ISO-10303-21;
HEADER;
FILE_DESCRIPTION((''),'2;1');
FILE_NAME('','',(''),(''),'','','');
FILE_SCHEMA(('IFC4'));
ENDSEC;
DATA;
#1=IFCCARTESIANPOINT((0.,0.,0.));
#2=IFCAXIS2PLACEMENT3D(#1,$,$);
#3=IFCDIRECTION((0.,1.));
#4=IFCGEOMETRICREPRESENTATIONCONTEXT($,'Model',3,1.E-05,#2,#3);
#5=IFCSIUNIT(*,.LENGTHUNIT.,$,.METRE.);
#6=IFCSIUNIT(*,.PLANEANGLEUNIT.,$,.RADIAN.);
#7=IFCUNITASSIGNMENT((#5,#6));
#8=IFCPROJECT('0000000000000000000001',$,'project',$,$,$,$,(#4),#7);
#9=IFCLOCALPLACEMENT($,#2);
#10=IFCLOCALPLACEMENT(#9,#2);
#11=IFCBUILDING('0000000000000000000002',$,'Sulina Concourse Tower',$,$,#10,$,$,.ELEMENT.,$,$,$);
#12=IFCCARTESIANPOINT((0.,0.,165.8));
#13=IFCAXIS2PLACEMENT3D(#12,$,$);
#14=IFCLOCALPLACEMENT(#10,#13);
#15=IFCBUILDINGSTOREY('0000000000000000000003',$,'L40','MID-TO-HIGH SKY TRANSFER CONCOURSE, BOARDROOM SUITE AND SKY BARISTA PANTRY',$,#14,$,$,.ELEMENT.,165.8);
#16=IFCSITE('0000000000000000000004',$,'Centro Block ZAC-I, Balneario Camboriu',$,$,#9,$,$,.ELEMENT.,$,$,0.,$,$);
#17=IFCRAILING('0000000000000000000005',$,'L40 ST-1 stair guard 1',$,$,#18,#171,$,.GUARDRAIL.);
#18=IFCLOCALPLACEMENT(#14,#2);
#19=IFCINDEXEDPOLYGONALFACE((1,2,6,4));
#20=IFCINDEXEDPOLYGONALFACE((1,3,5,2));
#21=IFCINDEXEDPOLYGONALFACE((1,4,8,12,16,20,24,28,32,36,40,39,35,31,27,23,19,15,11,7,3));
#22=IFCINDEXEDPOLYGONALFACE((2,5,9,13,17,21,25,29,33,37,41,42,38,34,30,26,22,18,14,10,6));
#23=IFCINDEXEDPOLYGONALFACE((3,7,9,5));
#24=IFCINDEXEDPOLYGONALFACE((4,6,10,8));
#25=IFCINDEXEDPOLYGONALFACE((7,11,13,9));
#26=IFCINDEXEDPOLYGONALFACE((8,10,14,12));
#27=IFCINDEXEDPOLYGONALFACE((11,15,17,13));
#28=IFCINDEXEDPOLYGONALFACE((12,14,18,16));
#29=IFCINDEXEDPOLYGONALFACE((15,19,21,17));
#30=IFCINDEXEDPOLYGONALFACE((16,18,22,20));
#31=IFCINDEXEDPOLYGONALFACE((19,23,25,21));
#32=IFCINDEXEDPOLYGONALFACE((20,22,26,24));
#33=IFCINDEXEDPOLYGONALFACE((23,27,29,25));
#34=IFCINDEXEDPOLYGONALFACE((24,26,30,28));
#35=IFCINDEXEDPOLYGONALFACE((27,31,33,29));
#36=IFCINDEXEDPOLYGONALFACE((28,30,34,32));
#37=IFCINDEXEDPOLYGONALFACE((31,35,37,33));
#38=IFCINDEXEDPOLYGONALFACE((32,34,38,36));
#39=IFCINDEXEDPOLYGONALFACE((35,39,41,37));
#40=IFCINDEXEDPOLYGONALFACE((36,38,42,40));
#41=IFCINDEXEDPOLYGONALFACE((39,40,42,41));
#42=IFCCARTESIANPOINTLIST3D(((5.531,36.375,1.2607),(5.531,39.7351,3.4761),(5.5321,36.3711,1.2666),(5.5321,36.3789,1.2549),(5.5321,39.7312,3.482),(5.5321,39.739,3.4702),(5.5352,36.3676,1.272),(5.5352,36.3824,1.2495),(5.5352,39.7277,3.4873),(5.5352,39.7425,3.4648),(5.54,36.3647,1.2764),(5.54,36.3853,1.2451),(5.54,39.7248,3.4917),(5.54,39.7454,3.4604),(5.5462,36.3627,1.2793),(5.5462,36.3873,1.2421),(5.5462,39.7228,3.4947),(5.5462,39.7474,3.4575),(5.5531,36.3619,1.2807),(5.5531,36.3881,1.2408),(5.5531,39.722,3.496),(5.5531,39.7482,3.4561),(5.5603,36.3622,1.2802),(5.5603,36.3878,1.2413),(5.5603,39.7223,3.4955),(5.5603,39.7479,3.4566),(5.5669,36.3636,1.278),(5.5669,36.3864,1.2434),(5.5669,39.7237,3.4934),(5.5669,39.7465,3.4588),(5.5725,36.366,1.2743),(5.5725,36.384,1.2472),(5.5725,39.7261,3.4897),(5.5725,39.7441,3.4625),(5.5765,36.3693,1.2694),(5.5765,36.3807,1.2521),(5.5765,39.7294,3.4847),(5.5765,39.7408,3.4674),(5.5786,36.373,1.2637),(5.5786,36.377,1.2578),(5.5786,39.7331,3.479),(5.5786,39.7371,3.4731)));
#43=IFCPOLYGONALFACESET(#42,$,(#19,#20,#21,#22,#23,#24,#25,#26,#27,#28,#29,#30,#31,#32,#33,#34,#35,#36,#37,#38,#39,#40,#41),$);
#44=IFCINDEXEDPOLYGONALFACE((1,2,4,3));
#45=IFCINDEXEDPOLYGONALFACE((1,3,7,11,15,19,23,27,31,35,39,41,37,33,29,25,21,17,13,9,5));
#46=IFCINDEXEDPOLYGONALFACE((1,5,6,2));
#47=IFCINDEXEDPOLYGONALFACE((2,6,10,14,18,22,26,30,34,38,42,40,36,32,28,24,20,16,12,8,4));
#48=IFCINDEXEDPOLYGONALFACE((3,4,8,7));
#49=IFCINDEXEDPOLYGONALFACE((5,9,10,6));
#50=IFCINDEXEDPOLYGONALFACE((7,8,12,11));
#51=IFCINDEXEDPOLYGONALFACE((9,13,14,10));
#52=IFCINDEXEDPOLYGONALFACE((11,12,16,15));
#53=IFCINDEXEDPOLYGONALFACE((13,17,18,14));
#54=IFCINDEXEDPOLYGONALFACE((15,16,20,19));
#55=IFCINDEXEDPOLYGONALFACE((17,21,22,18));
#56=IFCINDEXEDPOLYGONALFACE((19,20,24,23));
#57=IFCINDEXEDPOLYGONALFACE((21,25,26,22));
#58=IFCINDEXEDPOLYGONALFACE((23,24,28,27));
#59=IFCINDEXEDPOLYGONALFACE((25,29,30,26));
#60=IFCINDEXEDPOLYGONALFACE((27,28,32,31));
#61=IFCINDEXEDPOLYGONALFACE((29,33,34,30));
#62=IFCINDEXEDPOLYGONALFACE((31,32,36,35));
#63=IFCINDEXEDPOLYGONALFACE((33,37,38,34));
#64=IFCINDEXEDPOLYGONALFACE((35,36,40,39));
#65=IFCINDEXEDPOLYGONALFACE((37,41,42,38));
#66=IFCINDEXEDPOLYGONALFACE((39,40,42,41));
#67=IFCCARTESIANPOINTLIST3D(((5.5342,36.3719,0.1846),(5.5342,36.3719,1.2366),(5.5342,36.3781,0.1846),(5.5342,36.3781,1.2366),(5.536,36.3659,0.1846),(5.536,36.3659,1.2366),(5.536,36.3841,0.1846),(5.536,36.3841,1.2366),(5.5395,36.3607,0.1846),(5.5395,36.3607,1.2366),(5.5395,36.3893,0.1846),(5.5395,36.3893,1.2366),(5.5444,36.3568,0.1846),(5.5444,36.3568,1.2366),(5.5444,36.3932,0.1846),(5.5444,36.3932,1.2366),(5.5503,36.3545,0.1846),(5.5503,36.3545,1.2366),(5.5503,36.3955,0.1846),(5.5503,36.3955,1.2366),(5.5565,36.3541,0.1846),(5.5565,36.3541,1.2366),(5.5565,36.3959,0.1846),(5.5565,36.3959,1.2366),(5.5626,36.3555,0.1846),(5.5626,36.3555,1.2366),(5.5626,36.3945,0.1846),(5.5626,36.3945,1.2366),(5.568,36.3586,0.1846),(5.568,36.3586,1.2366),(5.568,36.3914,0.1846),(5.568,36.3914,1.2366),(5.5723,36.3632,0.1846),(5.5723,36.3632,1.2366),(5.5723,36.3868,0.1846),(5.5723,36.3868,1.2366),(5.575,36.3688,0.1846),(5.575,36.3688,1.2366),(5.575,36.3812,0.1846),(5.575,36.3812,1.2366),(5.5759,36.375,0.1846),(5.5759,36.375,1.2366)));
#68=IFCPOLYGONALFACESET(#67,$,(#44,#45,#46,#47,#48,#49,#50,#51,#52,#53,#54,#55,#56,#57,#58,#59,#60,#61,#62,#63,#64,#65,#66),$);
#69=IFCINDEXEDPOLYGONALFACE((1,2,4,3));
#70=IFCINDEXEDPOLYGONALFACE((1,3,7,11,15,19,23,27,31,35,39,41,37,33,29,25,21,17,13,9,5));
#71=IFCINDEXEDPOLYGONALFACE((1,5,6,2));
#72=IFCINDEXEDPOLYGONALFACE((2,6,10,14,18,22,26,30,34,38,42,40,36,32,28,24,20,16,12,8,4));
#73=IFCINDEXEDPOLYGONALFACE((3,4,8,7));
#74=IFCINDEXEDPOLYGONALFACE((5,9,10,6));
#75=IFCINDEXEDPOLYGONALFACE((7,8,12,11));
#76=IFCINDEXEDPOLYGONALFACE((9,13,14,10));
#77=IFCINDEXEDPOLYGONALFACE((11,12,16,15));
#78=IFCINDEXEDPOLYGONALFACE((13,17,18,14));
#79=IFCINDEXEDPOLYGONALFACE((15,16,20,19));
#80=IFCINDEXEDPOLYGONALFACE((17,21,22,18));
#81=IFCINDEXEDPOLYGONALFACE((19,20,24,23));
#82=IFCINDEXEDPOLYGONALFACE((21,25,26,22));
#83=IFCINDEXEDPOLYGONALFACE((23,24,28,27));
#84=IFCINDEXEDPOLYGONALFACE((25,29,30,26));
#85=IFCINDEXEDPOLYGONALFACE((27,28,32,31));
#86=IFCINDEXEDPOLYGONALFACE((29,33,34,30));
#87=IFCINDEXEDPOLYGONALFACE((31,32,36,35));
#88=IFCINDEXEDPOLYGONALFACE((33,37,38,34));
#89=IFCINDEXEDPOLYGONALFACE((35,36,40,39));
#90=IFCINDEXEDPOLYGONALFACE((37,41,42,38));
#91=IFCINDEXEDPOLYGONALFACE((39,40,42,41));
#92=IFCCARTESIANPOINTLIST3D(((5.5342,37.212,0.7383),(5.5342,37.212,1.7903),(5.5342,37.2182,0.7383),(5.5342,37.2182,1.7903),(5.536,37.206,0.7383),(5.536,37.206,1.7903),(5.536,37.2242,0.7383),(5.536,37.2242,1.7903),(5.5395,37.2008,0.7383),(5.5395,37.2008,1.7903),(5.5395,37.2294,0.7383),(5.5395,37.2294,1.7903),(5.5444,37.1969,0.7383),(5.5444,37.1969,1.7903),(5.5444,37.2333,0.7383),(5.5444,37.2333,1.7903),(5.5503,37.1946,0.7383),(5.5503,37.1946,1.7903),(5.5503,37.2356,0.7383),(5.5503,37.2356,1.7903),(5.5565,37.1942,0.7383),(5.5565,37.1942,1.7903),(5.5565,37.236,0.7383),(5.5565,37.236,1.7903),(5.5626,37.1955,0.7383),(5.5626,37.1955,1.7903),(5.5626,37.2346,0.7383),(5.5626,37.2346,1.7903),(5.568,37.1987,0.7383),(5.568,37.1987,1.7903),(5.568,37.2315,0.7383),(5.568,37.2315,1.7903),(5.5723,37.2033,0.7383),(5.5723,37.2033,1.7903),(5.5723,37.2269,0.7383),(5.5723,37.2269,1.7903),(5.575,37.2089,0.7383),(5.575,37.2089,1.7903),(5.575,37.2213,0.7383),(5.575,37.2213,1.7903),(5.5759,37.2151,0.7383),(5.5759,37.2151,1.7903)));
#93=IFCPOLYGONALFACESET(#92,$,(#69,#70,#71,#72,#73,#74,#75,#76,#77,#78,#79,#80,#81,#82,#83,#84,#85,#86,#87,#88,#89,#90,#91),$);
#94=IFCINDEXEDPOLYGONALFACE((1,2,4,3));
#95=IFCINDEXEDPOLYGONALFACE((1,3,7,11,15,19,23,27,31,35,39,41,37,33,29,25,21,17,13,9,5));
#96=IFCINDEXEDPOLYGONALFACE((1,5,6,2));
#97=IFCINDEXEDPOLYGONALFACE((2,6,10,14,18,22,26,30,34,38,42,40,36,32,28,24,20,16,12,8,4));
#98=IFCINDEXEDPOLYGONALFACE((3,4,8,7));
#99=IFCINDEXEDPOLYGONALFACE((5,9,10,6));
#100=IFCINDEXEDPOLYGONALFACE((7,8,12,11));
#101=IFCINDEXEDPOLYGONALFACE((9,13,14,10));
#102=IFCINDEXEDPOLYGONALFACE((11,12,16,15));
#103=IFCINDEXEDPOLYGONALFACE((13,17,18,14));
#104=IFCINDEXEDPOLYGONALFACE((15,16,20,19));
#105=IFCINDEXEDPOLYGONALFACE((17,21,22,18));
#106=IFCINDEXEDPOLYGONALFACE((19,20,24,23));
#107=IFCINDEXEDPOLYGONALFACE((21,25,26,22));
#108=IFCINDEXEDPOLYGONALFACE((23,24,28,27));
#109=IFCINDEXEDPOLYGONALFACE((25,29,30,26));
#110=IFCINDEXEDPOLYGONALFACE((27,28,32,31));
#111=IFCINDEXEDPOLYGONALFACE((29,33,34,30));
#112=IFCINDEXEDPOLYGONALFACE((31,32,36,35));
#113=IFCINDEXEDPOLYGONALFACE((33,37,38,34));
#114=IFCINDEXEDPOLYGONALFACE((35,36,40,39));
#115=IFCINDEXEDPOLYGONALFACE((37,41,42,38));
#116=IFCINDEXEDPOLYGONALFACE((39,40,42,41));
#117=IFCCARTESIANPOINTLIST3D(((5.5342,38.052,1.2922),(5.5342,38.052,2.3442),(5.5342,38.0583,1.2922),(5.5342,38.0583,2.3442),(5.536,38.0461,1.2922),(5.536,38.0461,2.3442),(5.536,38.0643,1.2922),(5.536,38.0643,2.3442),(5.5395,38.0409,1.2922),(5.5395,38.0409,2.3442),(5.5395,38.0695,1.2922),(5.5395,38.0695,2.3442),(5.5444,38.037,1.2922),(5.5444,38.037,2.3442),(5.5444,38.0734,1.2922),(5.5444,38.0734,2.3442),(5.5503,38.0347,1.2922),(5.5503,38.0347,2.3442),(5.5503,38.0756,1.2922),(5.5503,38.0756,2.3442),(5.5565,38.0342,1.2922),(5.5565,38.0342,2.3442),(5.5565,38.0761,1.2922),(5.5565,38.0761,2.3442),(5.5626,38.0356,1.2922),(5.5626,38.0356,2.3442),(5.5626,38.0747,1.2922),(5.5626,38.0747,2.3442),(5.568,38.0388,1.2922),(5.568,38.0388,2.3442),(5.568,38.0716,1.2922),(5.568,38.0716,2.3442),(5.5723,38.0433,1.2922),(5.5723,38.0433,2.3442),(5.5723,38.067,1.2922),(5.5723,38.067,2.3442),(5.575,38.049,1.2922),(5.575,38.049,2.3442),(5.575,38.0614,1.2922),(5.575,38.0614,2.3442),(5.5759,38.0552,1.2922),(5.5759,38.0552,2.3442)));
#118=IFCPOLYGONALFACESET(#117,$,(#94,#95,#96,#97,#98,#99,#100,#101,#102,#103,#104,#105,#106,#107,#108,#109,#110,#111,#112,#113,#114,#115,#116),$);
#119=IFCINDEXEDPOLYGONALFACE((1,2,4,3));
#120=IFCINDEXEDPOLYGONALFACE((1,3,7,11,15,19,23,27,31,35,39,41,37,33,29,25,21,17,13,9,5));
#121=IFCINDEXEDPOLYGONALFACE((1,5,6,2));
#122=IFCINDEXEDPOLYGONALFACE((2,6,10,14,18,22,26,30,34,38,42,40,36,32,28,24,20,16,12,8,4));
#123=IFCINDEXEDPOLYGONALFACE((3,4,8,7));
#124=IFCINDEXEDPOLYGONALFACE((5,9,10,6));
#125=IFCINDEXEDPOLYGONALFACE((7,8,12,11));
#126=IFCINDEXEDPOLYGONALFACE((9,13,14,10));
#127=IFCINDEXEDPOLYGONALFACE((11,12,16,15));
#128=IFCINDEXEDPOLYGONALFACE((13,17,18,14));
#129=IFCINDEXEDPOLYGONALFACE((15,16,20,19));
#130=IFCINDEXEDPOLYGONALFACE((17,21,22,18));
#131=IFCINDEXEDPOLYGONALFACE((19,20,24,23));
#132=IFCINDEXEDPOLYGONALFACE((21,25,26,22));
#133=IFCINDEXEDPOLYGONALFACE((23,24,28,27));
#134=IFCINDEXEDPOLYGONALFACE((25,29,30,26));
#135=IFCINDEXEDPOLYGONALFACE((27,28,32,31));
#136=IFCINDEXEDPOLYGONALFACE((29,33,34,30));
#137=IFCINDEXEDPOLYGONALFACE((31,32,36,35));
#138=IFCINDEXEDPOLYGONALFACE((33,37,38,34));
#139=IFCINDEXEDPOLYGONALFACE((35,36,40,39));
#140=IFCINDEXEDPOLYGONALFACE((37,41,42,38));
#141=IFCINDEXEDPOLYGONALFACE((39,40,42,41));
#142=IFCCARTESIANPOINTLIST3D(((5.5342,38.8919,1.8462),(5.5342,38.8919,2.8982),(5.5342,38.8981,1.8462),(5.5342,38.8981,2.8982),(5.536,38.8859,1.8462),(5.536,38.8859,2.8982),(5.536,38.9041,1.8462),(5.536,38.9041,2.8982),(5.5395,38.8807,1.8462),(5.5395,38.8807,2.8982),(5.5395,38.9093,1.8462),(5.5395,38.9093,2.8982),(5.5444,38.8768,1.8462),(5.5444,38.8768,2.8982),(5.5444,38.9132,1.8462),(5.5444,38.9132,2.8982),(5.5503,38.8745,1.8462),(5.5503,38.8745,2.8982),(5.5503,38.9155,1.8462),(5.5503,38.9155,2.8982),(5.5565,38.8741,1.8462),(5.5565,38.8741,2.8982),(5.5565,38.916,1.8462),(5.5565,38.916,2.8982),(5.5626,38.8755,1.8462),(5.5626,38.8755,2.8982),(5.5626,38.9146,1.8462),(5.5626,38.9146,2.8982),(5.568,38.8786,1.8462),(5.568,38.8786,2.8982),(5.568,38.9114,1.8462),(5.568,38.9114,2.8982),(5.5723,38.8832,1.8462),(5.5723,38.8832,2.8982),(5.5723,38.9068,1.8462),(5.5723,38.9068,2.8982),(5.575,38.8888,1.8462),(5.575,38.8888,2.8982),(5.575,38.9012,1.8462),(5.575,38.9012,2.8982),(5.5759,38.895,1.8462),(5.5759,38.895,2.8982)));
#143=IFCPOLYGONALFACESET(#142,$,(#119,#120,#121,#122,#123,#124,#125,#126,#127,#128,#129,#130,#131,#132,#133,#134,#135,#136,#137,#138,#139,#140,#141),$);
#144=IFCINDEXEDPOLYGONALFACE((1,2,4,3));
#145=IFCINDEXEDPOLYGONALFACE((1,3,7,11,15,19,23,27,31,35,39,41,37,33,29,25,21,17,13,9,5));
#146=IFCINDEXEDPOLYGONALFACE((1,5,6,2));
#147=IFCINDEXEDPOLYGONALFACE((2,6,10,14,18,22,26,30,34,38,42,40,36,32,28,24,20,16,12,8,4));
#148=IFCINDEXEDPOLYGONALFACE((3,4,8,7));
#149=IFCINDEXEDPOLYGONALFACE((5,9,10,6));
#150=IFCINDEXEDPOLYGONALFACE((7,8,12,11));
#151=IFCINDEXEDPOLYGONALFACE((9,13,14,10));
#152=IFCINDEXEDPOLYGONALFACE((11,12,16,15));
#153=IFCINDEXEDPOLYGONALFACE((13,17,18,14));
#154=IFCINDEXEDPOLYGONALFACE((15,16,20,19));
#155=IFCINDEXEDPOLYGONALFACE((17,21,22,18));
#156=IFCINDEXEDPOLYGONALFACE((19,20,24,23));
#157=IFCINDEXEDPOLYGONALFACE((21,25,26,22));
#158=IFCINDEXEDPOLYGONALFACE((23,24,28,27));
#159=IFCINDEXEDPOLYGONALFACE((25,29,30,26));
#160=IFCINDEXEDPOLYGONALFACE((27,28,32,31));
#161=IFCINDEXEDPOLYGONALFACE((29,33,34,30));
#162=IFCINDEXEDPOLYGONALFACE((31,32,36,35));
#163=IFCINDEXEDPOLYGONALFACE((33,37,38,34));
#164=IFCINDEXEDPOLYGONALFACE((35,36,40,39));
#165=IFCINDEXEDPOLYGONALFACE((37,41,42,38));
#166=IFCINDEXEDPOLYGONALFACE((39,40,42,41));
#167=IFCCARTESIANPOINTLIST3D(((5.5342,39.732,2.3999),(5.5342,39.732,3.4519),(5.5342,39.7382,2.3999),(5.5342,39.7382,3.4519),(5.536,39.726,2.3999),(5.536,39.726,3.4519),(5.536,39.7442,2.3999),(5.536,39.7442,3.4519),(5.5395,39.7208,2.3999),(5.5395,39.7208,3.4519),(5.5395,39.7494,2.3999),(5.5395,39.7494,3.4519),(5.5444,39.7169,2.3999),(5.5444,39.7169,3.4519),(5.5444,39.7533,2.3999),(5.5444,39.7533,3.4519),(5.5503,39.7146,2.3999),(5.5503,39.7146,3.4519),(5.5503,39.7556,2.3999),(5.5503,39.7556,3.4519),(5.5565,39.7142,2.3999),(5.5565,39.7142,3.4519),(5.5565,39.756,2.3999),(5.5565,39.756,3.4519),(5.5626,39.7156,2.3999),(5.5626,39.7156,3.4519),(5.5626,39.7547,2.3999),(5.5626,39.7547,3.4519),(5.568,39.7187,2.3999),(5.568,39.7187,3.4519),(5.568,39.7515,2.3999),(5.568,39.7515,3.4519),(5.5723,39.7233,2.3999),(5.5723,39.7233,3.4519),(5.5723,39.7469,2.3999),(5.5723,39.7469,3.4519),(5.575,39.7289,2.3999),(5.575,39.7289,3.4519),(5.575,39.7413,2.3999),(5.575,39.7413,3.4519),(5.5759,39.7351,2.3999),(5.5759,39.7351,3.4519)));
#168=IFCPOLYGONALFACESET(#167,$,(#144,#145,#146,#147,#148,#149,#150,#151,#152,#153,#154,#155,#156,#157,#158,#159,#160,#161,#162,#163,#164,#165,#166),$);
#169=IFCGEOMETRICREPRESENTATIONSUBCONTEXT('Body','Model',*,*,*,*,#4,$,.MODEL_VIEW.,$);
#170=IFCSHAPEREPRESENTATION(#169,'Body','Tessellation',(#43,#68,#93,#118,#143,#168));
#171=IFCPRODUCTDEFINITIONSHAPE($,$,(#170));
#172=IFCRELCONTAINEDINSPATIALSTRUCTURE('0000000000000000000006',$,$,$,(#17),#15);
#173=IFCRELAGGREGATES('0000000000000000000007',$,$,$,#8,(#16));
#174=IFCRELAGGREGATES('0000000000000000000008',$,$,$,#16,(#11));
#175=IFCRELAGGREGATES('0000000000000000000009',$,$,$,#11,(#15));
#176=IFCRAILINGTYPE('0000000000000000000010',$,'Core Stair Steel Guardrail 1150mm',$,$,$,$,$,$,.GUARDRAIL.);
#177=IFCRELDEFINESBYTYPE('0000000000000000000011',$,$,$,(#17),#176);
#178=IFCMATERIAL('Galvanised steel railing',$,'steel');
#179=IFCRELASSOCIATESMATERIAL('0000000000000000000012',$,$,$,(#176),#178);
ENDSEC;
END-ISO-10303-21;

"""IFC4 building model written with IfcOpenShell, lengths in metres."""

from ifc_helpers import new_model, si_unit, direction, frame, origin, origin_2d, place, context, subcontext, project, spatial, circle, extrude, material, type_object, element, save


model = new_model("IFC4")

# Units and contexts
model_context = context("Model", 3, precision=1e-05, world=origin(), true_north=direction((0.0, 1.0)))
body_context = subcontext(model_context, "Body", "Model", "MODEL_VIEW")
ifc_project = project(units=[si_unit("LENGTHUNIT", "METRE"), si_unit("PLANEANGLEUNIT", "RADIAN")], contexts=[model_context])

# Site, building, storey
site_placement = place(None, origin())
site = spatial("IfcSite", under=ifc_project, at=site_placement, Name="Centro Block ZAC-I, Balneario Camboriu", CompositionType="ELEMENT", RefElevation=0.0)
building_placement = place(site_placement, origin())
building = spatial("IfcBuilding", under=site, at=building_placement, Name="Sulina Concourse Tower", CompositionType="ELEMENT")
storey_placement = place(building_placement, frame((0.0, 0.0, 165.8)))
storey = spatial("IfcBuildingStorey", under=building, at=storey_placement, Name="L40", Description="MID-TO-HIGH SKY TRANSFER CONCOURSE, BOARDROOM SUITE AND SKY BARISTA PANTRY", CompositionType="ELEMENT", Elevation=165.8)

# Railing
ifc_material_1 = material(Name="Galvanised steel railing", Category="steel")
railing_type_1 = type_object("IfcRailingType", Name="Core Stair Steel Guardrail 1150mm", PredefinedType="GUARDRAIL", material=ifc_material_1)
railing_1_placement = place(storey_placement, frame((5.5549, 36.375, 0.1846)))
element("IfcRailing", 1, at=railing_1_placement, inside=storey, type_object=railing_type_1, Name="L40 ST-1 stair guard 1", PredefinedType="GUARDRAIL", context=body_context, shape_type="SweptSolid", body=[
    extrude(circle(Radius=0.0239, at=origin_2d()), frame((0.0, 0.0, 1.0762), z_axis=(0.0, 0.834876, 0.550437), x_axis=(-1.0, 0.0, 0.0)), (0.0, 0.0, 1.0), 4.0247),
    extrude(circle(Radius=0.021, at=origin_2d()), origin(), (0.0, 0.0, 1.0), 1.052),
    extrude(circle(Radius=0.021, at=origin_2d()), frame((0.0, 0.8401, 0.5537)), (0.0, 0.0, 1.0), 1.052),
    extrude(circle(Radius=0.021, at=origin_2d()), frame((0.0, 1.6802, 1.1077)), (0.0, 0.0, 1.0), 1.052),
    extrude(circle(Radius=0.021, at=origin_2d()), frame((0.0, 2.52, 1.6616)), (0.0, 0.0, 1.0), 1.052),
    extrude(circle(Radius=0.021, at=origin_2d()), frame((0.0, 3.3601, 2.2153)), (0.0, 0.0, 1.0), 1.052),
])

save(model, "model.ifc")
